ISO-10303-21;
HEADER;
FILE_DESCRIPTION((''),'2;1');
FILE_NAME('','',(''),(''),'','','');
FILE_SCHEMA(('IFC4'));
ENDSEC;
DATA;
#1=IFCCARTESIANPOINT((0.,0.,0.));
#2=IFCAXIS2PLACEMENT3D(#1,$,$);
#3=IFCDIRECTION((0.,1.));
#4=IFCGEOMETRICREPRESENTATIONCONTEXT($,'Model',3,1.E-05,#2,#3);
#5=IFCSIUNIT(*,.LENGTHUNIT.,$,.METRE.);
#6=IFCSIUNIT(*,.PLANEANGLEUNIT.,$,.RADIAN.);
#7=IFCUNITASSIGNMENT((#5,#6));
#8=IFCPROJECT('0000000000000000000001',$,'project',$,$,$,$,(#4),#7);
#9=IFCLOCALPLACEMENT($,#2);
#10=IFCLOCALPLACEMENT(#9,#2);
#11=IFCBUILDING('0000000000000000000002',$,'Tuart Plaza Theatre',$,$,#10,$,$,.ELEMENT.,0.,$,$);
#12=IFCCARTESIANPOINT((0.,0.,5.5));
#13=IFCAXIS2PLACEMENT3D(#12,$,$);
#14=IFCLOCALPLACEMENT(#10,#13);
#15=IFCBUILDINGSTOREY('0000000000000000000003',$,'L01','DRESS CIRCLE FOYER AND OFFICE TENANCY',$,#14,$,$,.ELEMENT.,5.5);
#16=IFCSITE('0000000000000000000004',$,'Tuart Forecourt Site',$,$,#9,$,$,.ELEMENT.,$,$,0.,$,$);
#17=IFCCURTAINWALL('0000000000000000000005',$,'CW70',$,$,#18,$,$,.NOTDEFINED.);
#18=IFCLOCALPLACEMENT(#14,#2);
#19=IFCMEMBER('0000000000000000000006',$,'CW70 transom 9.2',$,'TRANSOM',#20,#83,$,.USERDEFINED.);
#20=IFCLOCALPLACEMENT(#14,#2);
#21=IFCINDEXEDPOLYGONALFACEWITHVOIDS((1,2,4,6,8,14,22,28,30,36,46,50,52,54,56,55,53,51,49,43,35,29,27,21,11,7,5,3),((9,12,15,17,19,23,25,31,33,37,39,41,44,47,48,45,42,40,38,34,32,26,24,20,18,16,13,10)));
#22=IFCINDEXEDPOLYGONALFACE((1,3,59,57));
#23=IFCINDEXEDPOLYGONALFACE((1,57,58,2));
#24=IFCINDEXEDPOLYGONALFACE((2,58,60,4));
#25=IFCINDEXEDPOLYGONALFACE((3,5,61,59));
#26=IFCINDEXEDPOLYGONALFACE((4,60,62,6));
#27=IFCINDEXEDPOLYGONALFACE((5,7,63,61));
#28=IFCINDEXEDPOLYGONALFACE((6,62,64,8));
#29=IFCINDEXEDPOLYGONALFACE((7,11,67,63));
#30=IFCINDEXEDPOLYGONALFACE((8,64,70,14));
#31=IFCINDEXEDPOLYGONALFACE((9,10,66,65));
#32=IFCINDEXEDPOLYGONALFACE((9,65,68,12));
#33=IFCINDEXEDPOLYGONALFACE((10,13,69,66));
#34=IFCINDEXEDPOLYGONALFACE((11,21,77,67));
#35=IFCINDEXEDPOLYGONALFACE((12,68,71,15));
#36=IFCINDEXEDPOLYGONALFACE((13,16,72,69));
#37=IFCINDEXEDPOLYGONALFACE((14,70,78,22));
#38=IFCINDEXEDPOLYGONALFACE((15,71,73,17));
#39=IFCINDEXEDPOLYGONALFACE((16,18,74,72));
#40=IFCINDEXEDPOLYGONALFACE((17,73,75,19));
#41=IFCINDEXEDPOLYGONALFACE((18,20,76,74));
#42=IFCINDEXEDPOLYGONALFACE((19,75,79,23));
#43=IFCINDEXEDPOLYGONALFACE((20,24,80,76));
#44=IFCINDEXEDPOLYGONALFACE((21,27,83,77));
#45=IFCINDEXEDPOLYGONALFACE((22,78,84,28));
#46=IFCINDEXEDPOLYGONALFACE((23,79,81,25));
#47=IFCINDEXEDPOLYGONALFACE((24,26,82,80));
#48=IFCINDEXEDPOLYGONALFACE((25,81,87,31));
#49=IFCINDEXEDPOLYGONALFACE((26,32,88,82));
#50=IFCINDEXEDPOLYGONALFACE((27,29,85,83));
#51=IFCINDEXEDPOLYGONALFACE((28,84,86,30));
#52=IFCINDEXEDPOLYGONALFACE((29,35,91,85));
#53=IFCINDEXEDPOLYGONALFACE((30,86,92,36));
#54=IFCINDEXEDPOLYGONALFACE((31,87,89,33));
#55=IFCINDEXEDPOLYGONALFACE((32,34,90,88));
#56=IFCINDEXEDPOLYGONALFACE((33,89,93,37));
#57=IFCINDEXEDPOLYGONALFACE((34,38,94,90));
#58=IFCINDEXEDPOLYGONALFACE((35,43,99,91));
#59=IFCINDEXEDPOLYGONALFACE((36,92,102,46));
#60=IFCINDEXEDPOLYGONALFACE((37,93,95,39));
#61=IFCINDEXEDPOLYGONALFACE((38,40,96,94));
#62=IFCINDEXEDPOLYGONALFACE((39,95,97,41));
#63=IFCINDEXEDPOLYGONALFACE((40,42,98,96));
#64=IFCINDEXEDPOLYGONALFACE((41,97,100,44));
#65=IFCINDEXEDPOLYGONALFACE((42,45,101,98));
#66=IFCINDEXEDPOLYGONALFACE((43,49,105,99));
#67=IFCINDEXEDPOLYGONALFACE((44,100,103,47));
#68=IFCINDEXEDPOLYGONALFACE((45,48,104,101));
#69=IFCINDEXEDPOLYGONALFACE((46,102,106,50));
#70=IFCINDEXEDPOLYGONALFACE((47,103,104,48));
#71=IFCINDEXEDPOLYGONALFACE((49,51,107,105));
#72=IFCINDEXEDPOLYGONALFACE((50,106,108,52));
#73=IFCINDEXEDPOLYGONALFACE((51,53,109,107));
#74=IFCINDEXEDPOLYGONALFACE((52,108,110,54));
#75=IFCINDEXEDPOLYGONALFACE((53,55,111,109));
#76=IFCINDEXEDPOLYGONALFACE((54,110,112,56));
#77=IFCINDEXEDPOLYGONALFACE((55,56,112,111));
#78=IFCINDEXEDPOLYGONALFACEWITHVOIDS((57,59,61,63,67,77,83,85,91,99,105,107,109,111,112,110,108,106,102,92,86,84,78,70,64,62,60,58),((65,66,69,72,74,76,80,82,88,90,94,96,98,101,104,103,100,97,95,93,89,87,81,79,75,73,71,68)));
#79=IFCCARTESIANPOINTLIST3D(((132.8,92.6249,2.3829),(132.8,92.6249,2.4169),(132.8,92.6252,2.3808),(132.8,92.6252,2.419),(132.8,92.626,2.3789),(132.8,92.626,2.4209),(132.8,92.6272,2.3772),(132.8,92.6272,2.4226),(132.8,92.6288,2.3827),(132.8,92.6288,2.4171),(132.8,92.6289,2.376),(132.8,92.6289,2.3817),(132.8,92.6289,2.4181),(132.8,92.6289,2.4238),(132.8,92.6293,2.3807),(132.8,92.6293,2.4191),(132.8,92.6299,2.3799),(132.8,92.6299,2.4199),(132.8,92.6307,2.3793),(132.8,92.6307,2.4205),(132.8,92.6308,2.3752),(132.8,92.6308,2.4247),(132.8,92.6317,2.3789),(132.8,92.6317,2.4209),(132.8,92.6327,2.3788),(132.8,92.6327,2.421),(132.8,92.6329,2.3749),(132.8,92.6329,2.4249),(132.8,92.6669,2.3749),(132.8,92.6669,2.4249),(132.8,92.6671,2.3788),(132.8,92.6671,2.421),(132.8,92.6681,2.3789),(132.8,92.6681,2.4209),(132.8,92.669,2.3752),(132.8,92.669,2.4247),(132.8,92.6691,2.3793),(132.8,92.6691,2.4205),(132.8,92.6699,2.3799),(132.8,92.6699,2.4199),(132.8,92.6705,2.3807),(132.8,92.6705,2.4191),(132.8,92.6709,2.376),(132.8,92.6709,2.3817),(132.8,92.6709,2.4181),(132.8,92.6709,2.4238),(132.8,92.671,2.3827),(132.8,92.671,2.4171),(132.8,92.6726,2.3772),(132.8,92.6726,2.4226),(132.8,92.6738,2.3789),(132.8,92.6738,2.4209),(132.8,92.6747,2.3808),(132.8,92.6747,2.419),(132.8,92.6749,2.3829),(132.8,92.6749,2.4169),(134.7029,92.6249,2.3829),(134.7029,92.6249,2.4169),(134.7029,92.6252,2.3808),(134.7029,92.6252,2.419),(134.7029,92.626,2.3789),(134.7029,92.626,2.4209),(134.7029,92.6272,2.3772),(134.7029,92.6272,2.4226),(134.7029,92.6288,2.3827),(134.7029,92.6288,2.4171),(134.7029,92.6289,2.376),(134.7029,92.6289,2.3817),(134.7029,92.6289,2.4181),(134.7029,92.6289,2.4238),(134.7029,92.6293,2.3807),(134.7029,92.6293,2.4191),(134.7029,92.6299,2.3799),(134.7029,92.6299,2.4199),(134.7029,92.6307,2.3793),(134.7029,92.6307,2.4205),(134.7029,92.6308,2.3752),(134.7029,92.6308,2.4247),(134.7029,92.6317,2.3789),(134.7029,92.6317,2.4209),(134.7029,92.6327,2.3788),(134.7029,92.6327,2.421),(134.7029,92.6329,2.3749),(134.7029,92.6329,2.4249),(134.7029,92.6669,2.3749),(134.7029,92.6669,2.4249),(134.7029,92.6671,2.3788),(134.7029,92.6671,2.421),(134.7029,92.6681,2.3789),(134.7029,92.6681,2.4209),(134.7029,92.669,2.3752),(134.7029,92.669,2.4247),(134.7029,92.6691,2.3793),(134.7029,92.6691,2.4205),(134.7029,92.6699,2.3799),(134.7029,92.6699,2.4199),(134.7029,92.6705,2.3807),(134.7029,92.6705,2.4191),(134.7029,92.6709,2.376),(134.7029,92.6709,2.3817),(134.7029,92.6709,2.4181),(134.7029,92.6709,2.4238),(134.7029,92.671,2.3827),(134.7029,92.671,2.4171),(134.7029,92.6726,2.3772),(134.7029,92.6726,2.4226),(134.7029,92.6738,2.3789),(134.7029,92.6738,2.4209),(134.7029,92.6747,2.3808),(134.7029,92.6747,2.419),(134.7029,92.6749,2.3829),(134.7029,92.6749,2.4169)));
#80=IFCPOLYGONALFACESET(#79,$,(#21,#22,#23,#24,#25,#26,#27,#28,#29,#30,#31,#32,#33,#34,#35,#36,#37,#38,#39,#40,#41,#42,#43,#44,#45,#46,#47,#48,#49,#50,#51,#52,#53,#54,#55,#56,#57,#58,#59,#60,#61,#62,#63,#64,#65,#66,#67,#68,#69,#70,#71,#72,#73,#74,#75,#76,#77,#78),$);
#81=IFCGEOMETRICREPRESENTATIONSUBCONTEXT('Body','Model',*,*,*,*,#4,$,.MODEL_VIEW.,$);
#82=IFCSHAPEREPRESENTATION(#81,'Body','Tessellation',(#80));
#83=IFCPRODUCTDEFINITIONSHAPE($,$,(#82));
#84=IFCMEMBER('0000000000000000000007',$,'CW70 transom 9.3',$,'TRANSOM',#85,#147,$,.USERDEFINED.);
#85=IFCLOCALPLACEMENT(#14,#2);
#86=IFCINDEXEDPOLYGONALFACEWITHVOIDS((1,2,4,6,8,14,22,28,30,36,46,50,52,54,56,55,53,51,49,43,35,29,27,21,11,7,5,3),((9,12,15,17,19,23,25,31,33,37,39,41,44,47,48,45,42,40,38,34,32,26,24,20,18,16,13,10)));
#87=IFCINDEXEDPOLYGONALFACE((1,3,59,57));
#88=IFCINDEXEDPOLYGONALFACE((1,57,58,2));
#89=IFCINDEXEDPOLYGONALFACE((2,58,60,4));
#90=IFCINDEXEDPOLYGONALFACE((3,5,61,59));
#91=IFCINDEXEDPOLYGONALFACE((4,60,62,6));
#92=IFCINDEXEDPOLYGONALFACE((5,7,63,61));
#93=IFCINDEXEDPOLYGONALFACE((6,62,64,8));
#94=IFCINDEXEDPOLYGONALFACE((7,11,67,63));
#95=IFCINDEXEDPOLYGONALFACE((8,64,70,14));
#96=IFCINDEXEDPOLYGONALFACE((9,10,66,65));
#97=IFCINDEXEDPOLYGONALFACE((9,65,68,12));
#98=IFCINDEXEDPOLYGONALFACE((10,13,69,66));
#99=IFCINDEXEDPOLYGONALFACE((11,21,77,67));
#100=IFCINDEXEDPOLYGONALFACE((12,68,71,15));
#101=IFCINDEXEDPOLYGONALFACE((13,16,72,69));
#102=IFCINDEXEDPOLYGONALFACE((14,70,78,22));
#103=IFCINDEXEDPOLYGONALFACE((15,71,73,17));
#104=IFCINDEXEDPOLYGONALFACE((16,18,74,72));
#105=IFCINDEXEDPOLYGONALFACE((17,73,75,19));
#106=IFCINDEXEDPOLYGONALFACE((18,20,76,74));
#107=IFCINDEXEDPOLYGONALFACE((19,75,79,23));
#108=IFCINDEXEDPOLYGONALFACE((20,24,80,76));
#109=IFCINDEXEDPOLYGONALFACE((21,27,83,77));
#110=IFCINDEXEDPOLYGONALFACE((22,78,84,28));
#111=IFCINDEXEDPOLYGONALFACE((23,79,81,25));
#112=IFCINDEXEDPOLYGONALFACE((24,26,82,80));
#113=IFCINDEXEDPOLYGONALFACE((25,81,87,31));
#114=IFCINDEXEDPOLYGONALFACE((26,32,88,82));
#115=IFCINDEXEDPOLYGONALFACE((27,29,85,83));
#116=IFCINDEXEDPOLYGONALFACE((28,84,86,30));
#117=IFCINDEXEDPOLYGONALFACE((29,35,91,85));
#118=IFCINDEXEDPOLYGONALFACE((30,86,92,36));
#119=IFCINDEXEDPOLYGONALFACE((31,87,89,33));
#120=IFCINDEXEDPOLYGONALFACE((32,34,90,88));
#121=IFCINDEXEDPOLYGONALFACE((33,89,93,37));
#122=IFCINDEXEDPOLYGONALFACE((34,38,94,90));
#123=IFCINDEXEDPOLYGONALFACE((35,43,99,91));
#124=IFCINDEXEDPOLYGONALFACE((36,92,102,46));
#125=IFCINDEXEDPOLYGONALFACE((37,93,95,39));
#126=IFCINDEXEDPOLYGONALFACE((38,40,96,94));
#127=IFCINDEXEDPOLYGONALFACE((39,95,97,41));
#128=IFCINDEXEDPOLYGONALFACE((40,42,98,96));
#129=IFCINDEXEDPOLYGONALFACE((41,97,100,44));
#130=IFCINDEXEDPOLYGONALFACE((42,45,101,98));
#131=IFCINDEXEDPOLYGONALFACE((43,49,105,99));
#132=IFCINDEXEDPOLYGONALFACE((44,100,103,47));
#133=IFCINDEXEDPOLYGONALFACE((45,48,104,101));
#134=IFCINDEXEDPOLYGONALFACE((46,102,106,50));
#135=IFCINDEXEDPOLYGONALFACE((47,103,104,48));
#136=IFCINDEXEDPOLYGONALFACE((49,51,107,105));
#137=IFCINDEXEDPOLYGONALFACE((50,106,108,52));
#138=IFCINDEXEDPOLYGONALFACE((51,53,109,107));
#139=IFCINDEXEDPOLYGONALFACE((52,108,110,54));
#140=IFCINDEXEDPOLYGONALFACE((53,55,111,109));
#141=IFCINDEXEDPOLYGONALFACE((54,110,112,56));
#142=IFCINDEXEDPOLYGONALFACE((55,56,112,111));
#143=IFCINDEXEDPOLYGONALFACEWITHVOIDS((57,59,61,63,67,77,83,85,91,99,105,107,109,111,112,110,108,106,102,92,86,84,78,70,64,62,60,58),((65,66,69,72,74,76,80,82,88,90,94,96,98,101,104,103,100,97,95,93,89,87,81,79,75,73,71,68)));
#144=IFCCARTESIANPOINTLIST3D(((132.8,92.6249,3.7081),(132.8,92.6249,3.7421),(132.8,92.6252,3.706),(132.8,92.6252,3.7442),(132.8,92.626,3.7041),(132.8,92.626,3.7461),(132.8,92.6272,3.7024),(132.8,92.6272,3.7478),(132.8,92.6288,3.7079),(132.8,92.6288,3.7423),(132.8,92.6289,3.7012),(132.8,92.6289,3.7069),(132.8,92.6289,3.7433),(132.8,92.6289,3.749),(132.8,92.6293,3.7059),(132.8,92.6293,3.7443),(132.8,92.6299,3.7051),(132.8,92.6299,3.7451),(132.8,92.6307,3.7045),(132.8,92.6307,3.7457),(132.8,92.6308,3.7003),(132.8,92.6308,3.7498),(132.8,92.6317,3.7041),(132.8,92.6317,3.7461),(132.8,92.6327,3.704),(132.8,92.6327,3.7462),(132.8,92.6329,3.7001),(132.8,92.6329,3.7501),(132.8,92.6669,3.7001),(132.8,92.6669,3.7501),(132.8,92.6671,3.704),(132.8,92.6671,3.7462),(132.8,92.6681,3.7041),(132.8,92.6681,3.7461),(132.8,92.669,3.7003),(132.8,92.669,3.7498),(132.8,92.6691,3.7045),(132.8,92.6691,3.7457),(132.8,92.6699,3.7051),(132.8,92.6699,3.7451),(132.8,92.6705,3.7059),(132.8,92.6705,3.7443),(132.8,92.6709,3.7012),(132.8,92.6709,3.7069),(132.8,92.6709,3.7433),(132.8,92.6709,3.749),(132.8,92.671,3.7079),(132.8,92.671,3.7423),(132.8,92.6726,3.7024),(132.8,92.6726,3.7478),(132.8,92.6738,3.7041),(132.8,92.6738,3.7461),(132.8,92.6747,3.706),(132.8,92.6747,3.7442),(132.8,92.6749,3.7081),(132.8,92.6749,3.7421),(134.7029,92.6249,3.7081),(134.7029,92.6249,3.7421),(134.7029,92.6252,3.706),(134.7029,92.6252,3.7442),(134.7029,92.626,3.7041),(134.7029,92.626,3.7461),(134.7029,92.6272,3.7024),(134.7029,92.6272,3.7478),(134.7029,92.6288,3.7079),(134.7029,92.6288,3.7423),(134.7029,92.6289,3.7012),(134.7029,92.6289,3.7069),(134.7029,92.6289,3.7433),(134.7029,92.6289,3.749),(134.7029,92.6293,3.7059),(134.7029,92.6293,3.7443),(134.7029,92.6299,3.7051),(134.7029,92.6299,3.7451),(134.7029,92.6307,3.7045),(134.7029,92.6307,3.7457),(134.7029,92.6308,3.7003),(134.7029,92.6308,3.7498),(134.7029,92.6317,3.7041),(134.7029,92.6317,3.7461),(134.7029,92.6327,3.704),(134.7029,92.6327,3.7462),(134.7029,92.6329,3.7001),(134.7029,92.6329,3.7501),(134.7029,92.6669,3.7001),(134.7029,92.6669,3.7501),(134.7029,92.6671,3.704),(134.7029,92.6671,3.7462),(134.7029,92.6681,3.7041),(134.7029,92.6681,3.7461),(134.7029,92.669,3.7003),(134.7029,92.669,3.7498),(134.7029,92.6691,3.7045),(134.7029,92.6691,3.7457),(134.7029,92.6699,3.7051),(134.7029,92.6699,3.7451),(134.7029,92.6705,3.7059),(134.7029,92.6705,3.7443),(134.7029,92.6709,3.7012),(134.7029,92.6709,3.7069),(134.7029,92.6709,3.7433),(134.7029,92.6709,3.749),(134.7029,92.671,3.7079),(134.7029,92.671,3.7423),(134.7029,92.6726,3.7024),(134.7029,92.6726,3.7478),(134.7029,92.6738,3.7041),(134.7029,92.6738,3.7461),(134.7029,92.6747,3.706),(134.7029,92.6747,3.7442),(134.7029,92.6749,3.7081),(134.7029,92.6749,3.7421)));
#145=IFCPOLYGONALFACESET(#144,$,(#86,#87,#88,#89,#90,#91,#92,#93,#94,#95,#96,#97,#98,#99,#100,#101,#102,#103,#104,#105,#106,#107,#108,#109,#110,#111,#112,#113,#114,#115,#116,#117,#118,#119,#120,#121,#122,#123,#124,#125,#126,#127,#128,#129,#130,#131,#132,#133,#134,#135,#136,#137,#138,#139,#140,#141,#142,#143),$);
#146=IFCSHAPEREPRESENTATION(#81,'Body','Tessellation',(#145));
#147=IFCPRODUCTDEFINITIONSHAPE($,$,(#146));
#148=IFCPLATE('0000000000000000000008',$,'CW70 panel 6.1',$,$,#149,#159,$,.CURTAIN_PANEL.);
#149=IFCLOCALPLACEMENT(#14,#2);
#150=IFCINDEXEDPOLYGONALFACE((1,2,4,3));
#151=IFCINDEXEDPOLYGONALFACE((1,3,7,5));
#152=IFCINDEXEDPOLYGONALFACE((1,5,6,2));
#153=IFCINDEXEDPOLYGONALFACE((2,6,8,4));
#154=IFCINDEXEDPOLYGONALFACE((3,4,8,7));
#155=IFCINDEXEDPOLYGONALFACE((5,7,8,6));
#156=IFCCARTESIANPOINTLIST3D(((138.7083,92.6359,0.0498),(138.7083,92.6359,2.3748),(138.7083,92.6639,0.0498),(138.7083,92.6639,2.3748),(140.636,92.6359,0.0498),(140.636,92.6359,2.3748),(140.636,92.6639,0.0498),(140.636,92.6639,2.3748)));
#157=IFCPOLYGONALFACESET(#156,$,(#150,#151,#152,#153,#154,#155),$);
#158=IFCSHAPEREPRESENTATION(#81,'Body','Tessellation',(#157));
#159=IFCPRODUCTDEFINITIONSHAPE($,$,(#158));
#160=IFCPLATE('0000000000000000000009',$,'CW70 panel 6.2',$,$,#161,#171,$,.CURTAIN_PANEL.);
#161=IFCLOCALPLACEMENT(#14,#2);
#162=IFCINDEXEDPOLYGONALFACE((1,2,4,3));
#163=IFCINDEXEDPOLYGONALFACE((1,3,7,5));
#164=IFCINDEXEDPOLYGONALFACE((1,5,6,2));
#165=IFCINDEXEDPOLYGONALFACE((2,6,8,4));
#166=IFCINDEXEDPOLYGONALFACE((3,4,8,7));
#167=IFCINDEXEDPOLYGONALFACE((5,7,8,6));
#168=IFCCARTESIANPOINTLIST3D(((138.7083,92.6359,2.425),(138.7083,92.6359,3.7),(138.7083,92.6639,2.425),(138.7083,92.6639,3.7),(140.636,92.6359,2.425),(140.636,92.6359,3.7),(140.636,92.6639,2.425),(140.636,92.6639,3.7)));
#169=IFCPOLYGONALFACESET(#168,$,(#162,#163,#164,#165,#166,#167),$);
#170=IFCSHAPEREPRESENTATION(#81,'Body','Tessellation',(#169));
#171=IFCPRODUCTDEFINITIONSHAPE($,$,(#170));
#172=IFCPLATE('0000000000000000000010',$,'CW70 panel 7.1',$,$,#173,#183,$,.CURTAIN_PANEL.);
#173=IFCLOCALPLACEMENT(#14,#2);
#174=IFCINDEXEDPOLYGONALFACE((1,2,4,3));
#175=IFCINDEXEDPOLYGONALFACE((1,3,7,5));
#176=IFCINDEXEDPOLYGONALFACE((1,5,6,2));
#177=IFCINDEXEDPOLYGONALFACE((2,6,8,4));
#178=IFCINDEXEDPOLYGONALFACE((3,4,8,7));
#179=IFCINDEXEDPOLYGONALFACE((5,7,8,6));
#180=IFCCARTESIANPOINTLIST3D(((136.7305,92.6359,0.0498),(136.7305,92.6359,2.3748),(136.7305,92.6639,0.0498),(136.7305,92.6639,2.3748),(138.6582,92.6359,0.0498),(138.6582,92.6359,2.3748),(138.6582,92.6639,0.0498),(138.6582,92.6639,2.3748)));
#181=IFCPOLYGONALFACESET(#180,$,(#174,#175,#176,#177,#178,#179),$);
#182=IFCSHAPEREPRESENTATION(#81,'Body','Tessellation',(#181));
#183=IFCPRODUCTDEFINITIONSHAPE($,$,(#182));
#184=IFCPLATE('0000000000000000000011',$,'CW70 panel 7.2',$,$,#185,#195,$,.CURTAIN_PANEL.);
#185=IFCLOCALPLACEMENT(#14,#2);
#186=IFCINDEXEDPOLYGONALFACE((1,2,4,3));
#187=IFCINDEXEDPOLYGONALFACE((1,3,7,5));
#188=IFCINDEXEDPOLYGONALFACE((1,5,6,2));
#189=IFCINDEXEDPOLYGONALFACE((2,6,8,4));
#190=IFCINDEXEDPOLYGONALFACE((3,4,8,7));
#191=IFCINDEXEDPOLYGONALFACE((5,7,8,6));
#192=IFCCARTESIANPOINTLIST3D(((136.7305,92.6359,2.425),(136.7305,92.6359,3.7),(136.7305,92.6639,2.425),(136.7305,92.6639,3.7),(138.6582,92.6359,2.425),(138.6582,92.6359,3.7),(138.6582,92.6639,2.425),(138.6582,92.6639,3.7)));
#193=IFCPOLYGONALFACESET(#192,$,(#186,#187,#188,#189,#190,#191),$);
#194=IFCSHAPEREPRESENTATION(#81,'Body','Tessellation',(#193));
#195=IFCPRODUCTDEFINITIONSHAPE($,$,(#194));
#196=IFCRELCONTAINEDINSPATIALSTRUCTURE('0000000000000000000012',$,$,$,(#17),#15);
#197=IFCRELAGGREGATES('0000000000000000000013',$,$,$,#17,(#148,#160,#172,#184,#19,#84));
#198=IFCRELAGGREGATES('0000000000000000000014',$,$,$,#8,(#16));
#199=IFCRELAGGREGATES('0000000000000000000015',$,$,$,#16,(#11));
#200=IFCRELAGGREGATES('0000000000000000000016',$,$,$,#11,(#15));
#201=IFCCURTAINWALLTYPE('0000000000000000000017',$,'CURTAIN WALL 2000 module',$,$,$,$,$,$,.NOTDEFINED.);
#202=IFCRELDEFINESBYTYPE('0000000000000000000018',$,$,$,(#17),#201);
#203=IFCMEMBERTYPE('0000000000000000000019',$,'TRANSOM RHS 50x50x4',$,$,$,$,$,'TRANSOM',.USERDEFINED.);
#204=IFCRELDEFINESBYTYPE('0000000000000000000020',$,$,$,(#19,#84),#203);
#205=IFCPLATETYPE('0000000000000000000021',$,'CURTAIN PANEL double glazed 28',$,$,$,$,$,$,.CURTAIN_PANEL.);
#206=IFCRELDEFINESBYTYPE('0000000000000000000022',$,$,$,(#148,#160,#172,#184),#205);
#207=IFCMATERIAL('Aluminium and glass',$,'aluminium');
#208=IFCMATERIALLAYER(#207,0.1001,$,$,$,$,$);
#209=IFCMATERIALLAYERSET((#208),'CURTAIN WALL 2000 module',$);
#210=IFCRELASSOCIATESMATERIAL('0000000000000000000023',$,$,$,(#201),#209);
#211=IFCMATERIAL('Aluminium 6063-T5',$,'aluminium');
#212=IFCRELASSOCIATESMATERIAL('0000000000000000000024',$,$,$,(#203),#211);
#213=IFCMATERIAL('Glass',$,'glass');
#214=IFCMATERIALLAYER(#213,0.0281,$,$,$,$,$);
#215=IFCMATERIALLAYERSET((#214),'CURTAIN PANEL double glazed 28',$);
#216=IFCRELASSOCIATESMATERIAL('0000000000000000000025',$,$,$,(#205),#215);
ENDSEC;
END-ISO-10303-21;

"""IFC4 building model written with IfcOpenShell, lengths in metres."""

from ifc_helpers import new_model, si_unit, direction, frame, origin, origin_2d, place, context, subcontext, project, spatial, rectangle, hollow_rectangle, extrude, material, layer, layer_set, material_profile, profile_set, type_object, element, aggregate, save


model = new_model("IFC4")

# Units and contexts
model_context = context("Model", 3, precision=1e-05, world=origin(), true_north=direction((0.0, 1.0)))
body_context = subcontext(model_context, "Body", "Model", "MODEL_VIEW")
ifc_project = project(units=[si_unit("LENGTHUNIT", "METRE"), si_unit("PLANEANGLEUNIT", "RADIAN")], contexts=[model_context])

# Site, building, storey
site_placement = place(None, origin())
site = spatial("IfcSite", under=ifc_project, at=site_placement, Name="Tuart Forecourt Site", CompositionType="ELEMENT", RefElevation=0.0)
building_placement = place(site_placement, origin())
building = spatial("IfcBuilding", under=site, at=building_placement, Name="Tuart Plaza Theatre", CompositionType="ELEMENT", ElevationOfRefHeight=0.0)
storey_placement = place(building_placement, frame((0.0, 0.0, 5.5)))
storey = spatial("IfcBuildingStorey", under=building, at=storey_placement, Name="L01", Description="DRESS CIRCLE FOYER AND OFFICE TENANCY", CompositionType="ELEMENT", Elevation=5.5)

# Curtain wall, members, plates
ifc_material_1 = material(Name="Aluminium and glass", Category="aluminium")
ifc_layer_1 = layer(ifc_material_1, 0.1001)
ifc_layer_set_1 = layer_set([ifc_layer_1], Name="CURTAIN WALL 2000 module")
curtain_wall_type = type_object("IfcCurtainWallType", Name="CURTAIN WALL 2000 module", PredefinedType="NOTDEFINED", material=ifc_layer_set_1)
curtain_wall_placement = place(storey_placement, origin())
curtain_wall = element("IfcCurtainWall", 1, at=curtain_wall_placement, inside=storey, type_object=curtain_wall_type, Name="CW70", PredefinedType="NOTDEFINED")
ifc_material_2 = material(Name="Aluminium 6063-T5", Category="aluminium")
ifc_material_profile_1 = material_profile(ifc_material_2, hollow_rectangle(XDim=0.05, YDim=0.05, WallThickness=0.0039, InnerFilletRadius=0.0039, OuterFilletRadius=0.0081, at=origin_2d()), Name="RHS 50x50x4")
ifc_profile_set_1 = profile_set([ifc_material_profile_1], Name="Aluminium 6063-T5")
member_type_1 = type_object("IfcMemberType", Name="TRANSOM RHS 50x50x4", ElementType="TRANSOM", PredefinedType="USERDEFINED", material=ifc_profile_set_1)
member_1_placement = place(storey_placement, frame((134.7029, 92.6499, 2.3999), z_axis=(-1.0, 0.0, 0.0), x_axis=(0.0, -1.0, 0.0)))
member_1 = element("IfcMember", 2, at=member_1_placement, type_object=member_type_1, Name="CW70 transom 9.2", ObjectType="TRANSOM", PredefinedType="USERDEFINED", context=body_context, shape_type="SweptSolid", body=[
    extrude(hollow_rectangle(XDim=0.05, YDim=0.05, WallThickness=0.0039, InnerFilletRadius=0.0039, OuterFilletRadius=0.0081, at=origin_2d()), origin(), (0.0, 0.0, 1.0), 1.9028),
])
member_2_placement = place(storey_placement, frame((134.7029, 92.6499, 3.7251), z_axis=(-1.0, 0.0, 0.0), x_axis=(0.0, -1.0, 0.0)))
member_2 = element("IfcMember", 3, at=member_2_placement, type_object=member_type_1, Name="CW70 transom 9.3", ObjectType="TRANSOM", PredefinedType="USERDEFINED", context=body_context, shape_type="SweptSolid", body=[
    extrude(hollow_rectangle(XDim=0.05, YDim=0.05, WallThickness=0.0039, InnerFilletRadius=0.0039, OuterFilletRadius=0.0081, at=origin_2d()), origin(), (0.0, 0.0, 1.0), 1.9028),
])
ifc_material_3 = material(Name="Glass", Category="glass")
ifc_layer_2 = layer(ifc_material_3, 0.0281)
ifc_layer_set_2 = layer_set([ifc_layer_2], Name="CURTAIN PANEL double glazed 28")
plate_type = type_object("IfcPlateType", Name="CURTAIN PANEL double glazed 28", PredefinedType="CURTAIN_PANEL", material=ifc_layer_set_2)
plate_1_placement = place(storey_placement, frame((139.6721, 92.6499, 0.0498), z_axis=(0.0, 0.0, 1.0), x_axis=(-1.0, 0.0, 0.0)))
plate_1 = element("IfcPlate", 4, at=plate_1_placement, type_object=plate_type, Name="CW70 panel 6.1", PredefinedType="CURTAIN_PANEL", context=body_context, shape_type="SweptSolid", body=[
    extrude(rectangle(XDim=1.9277, YDim=0.0281, at=origin_2d()), origin(), (0.0, 0.0, 1.0), 2.325),
])
plate_2_placement = place(storey_placement, frame((139.6721, 92.6499, 2.425), z_axis=(0.0, 0.0, 1.0), x_axis=(-1.0, 0.0, 0.0)))
plate_2 = element("IfcPlate", 5, at=plate_2_placement, type_object=plate_type, Name="CW70 panel 6.2", PredefinedType="CURTAIN_PANEL", context=body_context, shape_type="SweptSolid", body=[
    extrude(rectangle(XDim=1.9277, YDim=0.0281, at=origin_2d()), origin(), (0.0, 0.0, 1.0), 1.2749),
])
plate_3_placement = place(storey_placement, frame((137.6943, 92.6499, 0.0498), z_axis=(0.0, 0.0, 1.0), x_axis=(-1.0, 0.0, 0.0)))
plate_3 = element("IfcPlate", 6, at=plate_3_placement, type_object=plate_type, Name="CW70 panel 7.1", PredefinedType="CURTAIN_PANEL", context=body_context, shape_type="SweptSolid", body=[
    extrude(rectangle(XDim=1.9277, YDim=0.0281, at=origin_2d()), origin(), (0.0, 0.0, 1.0), 2.325),
])
plate_4_placement = place(storey_placement, frame((137.6943, 92.6499, 2.425), z_axis=(0.0, 0.0, 1.0), x_axis=(-1.0, 0.0, 0.0)))
plate_4 = element("IfcPlate", 7, at=plate_4_placement, type_object=plate_type, Name="CW70 panel 7.2", PredefinedType="CURTAIN_PANEL", context=body_context, shape_type="SweptSolid", body=[
    extrude(rectangle(XDim=1.9277, YDim=0.0281, at=origin_2d()), origin(), (0.0, 0.0, 1.0), 1.2749),
])
aggregate(curtain_wall, [plate_1, plate_2, plate_3, plate_4, member_1, member_2])

save(model, "model.ifc")
